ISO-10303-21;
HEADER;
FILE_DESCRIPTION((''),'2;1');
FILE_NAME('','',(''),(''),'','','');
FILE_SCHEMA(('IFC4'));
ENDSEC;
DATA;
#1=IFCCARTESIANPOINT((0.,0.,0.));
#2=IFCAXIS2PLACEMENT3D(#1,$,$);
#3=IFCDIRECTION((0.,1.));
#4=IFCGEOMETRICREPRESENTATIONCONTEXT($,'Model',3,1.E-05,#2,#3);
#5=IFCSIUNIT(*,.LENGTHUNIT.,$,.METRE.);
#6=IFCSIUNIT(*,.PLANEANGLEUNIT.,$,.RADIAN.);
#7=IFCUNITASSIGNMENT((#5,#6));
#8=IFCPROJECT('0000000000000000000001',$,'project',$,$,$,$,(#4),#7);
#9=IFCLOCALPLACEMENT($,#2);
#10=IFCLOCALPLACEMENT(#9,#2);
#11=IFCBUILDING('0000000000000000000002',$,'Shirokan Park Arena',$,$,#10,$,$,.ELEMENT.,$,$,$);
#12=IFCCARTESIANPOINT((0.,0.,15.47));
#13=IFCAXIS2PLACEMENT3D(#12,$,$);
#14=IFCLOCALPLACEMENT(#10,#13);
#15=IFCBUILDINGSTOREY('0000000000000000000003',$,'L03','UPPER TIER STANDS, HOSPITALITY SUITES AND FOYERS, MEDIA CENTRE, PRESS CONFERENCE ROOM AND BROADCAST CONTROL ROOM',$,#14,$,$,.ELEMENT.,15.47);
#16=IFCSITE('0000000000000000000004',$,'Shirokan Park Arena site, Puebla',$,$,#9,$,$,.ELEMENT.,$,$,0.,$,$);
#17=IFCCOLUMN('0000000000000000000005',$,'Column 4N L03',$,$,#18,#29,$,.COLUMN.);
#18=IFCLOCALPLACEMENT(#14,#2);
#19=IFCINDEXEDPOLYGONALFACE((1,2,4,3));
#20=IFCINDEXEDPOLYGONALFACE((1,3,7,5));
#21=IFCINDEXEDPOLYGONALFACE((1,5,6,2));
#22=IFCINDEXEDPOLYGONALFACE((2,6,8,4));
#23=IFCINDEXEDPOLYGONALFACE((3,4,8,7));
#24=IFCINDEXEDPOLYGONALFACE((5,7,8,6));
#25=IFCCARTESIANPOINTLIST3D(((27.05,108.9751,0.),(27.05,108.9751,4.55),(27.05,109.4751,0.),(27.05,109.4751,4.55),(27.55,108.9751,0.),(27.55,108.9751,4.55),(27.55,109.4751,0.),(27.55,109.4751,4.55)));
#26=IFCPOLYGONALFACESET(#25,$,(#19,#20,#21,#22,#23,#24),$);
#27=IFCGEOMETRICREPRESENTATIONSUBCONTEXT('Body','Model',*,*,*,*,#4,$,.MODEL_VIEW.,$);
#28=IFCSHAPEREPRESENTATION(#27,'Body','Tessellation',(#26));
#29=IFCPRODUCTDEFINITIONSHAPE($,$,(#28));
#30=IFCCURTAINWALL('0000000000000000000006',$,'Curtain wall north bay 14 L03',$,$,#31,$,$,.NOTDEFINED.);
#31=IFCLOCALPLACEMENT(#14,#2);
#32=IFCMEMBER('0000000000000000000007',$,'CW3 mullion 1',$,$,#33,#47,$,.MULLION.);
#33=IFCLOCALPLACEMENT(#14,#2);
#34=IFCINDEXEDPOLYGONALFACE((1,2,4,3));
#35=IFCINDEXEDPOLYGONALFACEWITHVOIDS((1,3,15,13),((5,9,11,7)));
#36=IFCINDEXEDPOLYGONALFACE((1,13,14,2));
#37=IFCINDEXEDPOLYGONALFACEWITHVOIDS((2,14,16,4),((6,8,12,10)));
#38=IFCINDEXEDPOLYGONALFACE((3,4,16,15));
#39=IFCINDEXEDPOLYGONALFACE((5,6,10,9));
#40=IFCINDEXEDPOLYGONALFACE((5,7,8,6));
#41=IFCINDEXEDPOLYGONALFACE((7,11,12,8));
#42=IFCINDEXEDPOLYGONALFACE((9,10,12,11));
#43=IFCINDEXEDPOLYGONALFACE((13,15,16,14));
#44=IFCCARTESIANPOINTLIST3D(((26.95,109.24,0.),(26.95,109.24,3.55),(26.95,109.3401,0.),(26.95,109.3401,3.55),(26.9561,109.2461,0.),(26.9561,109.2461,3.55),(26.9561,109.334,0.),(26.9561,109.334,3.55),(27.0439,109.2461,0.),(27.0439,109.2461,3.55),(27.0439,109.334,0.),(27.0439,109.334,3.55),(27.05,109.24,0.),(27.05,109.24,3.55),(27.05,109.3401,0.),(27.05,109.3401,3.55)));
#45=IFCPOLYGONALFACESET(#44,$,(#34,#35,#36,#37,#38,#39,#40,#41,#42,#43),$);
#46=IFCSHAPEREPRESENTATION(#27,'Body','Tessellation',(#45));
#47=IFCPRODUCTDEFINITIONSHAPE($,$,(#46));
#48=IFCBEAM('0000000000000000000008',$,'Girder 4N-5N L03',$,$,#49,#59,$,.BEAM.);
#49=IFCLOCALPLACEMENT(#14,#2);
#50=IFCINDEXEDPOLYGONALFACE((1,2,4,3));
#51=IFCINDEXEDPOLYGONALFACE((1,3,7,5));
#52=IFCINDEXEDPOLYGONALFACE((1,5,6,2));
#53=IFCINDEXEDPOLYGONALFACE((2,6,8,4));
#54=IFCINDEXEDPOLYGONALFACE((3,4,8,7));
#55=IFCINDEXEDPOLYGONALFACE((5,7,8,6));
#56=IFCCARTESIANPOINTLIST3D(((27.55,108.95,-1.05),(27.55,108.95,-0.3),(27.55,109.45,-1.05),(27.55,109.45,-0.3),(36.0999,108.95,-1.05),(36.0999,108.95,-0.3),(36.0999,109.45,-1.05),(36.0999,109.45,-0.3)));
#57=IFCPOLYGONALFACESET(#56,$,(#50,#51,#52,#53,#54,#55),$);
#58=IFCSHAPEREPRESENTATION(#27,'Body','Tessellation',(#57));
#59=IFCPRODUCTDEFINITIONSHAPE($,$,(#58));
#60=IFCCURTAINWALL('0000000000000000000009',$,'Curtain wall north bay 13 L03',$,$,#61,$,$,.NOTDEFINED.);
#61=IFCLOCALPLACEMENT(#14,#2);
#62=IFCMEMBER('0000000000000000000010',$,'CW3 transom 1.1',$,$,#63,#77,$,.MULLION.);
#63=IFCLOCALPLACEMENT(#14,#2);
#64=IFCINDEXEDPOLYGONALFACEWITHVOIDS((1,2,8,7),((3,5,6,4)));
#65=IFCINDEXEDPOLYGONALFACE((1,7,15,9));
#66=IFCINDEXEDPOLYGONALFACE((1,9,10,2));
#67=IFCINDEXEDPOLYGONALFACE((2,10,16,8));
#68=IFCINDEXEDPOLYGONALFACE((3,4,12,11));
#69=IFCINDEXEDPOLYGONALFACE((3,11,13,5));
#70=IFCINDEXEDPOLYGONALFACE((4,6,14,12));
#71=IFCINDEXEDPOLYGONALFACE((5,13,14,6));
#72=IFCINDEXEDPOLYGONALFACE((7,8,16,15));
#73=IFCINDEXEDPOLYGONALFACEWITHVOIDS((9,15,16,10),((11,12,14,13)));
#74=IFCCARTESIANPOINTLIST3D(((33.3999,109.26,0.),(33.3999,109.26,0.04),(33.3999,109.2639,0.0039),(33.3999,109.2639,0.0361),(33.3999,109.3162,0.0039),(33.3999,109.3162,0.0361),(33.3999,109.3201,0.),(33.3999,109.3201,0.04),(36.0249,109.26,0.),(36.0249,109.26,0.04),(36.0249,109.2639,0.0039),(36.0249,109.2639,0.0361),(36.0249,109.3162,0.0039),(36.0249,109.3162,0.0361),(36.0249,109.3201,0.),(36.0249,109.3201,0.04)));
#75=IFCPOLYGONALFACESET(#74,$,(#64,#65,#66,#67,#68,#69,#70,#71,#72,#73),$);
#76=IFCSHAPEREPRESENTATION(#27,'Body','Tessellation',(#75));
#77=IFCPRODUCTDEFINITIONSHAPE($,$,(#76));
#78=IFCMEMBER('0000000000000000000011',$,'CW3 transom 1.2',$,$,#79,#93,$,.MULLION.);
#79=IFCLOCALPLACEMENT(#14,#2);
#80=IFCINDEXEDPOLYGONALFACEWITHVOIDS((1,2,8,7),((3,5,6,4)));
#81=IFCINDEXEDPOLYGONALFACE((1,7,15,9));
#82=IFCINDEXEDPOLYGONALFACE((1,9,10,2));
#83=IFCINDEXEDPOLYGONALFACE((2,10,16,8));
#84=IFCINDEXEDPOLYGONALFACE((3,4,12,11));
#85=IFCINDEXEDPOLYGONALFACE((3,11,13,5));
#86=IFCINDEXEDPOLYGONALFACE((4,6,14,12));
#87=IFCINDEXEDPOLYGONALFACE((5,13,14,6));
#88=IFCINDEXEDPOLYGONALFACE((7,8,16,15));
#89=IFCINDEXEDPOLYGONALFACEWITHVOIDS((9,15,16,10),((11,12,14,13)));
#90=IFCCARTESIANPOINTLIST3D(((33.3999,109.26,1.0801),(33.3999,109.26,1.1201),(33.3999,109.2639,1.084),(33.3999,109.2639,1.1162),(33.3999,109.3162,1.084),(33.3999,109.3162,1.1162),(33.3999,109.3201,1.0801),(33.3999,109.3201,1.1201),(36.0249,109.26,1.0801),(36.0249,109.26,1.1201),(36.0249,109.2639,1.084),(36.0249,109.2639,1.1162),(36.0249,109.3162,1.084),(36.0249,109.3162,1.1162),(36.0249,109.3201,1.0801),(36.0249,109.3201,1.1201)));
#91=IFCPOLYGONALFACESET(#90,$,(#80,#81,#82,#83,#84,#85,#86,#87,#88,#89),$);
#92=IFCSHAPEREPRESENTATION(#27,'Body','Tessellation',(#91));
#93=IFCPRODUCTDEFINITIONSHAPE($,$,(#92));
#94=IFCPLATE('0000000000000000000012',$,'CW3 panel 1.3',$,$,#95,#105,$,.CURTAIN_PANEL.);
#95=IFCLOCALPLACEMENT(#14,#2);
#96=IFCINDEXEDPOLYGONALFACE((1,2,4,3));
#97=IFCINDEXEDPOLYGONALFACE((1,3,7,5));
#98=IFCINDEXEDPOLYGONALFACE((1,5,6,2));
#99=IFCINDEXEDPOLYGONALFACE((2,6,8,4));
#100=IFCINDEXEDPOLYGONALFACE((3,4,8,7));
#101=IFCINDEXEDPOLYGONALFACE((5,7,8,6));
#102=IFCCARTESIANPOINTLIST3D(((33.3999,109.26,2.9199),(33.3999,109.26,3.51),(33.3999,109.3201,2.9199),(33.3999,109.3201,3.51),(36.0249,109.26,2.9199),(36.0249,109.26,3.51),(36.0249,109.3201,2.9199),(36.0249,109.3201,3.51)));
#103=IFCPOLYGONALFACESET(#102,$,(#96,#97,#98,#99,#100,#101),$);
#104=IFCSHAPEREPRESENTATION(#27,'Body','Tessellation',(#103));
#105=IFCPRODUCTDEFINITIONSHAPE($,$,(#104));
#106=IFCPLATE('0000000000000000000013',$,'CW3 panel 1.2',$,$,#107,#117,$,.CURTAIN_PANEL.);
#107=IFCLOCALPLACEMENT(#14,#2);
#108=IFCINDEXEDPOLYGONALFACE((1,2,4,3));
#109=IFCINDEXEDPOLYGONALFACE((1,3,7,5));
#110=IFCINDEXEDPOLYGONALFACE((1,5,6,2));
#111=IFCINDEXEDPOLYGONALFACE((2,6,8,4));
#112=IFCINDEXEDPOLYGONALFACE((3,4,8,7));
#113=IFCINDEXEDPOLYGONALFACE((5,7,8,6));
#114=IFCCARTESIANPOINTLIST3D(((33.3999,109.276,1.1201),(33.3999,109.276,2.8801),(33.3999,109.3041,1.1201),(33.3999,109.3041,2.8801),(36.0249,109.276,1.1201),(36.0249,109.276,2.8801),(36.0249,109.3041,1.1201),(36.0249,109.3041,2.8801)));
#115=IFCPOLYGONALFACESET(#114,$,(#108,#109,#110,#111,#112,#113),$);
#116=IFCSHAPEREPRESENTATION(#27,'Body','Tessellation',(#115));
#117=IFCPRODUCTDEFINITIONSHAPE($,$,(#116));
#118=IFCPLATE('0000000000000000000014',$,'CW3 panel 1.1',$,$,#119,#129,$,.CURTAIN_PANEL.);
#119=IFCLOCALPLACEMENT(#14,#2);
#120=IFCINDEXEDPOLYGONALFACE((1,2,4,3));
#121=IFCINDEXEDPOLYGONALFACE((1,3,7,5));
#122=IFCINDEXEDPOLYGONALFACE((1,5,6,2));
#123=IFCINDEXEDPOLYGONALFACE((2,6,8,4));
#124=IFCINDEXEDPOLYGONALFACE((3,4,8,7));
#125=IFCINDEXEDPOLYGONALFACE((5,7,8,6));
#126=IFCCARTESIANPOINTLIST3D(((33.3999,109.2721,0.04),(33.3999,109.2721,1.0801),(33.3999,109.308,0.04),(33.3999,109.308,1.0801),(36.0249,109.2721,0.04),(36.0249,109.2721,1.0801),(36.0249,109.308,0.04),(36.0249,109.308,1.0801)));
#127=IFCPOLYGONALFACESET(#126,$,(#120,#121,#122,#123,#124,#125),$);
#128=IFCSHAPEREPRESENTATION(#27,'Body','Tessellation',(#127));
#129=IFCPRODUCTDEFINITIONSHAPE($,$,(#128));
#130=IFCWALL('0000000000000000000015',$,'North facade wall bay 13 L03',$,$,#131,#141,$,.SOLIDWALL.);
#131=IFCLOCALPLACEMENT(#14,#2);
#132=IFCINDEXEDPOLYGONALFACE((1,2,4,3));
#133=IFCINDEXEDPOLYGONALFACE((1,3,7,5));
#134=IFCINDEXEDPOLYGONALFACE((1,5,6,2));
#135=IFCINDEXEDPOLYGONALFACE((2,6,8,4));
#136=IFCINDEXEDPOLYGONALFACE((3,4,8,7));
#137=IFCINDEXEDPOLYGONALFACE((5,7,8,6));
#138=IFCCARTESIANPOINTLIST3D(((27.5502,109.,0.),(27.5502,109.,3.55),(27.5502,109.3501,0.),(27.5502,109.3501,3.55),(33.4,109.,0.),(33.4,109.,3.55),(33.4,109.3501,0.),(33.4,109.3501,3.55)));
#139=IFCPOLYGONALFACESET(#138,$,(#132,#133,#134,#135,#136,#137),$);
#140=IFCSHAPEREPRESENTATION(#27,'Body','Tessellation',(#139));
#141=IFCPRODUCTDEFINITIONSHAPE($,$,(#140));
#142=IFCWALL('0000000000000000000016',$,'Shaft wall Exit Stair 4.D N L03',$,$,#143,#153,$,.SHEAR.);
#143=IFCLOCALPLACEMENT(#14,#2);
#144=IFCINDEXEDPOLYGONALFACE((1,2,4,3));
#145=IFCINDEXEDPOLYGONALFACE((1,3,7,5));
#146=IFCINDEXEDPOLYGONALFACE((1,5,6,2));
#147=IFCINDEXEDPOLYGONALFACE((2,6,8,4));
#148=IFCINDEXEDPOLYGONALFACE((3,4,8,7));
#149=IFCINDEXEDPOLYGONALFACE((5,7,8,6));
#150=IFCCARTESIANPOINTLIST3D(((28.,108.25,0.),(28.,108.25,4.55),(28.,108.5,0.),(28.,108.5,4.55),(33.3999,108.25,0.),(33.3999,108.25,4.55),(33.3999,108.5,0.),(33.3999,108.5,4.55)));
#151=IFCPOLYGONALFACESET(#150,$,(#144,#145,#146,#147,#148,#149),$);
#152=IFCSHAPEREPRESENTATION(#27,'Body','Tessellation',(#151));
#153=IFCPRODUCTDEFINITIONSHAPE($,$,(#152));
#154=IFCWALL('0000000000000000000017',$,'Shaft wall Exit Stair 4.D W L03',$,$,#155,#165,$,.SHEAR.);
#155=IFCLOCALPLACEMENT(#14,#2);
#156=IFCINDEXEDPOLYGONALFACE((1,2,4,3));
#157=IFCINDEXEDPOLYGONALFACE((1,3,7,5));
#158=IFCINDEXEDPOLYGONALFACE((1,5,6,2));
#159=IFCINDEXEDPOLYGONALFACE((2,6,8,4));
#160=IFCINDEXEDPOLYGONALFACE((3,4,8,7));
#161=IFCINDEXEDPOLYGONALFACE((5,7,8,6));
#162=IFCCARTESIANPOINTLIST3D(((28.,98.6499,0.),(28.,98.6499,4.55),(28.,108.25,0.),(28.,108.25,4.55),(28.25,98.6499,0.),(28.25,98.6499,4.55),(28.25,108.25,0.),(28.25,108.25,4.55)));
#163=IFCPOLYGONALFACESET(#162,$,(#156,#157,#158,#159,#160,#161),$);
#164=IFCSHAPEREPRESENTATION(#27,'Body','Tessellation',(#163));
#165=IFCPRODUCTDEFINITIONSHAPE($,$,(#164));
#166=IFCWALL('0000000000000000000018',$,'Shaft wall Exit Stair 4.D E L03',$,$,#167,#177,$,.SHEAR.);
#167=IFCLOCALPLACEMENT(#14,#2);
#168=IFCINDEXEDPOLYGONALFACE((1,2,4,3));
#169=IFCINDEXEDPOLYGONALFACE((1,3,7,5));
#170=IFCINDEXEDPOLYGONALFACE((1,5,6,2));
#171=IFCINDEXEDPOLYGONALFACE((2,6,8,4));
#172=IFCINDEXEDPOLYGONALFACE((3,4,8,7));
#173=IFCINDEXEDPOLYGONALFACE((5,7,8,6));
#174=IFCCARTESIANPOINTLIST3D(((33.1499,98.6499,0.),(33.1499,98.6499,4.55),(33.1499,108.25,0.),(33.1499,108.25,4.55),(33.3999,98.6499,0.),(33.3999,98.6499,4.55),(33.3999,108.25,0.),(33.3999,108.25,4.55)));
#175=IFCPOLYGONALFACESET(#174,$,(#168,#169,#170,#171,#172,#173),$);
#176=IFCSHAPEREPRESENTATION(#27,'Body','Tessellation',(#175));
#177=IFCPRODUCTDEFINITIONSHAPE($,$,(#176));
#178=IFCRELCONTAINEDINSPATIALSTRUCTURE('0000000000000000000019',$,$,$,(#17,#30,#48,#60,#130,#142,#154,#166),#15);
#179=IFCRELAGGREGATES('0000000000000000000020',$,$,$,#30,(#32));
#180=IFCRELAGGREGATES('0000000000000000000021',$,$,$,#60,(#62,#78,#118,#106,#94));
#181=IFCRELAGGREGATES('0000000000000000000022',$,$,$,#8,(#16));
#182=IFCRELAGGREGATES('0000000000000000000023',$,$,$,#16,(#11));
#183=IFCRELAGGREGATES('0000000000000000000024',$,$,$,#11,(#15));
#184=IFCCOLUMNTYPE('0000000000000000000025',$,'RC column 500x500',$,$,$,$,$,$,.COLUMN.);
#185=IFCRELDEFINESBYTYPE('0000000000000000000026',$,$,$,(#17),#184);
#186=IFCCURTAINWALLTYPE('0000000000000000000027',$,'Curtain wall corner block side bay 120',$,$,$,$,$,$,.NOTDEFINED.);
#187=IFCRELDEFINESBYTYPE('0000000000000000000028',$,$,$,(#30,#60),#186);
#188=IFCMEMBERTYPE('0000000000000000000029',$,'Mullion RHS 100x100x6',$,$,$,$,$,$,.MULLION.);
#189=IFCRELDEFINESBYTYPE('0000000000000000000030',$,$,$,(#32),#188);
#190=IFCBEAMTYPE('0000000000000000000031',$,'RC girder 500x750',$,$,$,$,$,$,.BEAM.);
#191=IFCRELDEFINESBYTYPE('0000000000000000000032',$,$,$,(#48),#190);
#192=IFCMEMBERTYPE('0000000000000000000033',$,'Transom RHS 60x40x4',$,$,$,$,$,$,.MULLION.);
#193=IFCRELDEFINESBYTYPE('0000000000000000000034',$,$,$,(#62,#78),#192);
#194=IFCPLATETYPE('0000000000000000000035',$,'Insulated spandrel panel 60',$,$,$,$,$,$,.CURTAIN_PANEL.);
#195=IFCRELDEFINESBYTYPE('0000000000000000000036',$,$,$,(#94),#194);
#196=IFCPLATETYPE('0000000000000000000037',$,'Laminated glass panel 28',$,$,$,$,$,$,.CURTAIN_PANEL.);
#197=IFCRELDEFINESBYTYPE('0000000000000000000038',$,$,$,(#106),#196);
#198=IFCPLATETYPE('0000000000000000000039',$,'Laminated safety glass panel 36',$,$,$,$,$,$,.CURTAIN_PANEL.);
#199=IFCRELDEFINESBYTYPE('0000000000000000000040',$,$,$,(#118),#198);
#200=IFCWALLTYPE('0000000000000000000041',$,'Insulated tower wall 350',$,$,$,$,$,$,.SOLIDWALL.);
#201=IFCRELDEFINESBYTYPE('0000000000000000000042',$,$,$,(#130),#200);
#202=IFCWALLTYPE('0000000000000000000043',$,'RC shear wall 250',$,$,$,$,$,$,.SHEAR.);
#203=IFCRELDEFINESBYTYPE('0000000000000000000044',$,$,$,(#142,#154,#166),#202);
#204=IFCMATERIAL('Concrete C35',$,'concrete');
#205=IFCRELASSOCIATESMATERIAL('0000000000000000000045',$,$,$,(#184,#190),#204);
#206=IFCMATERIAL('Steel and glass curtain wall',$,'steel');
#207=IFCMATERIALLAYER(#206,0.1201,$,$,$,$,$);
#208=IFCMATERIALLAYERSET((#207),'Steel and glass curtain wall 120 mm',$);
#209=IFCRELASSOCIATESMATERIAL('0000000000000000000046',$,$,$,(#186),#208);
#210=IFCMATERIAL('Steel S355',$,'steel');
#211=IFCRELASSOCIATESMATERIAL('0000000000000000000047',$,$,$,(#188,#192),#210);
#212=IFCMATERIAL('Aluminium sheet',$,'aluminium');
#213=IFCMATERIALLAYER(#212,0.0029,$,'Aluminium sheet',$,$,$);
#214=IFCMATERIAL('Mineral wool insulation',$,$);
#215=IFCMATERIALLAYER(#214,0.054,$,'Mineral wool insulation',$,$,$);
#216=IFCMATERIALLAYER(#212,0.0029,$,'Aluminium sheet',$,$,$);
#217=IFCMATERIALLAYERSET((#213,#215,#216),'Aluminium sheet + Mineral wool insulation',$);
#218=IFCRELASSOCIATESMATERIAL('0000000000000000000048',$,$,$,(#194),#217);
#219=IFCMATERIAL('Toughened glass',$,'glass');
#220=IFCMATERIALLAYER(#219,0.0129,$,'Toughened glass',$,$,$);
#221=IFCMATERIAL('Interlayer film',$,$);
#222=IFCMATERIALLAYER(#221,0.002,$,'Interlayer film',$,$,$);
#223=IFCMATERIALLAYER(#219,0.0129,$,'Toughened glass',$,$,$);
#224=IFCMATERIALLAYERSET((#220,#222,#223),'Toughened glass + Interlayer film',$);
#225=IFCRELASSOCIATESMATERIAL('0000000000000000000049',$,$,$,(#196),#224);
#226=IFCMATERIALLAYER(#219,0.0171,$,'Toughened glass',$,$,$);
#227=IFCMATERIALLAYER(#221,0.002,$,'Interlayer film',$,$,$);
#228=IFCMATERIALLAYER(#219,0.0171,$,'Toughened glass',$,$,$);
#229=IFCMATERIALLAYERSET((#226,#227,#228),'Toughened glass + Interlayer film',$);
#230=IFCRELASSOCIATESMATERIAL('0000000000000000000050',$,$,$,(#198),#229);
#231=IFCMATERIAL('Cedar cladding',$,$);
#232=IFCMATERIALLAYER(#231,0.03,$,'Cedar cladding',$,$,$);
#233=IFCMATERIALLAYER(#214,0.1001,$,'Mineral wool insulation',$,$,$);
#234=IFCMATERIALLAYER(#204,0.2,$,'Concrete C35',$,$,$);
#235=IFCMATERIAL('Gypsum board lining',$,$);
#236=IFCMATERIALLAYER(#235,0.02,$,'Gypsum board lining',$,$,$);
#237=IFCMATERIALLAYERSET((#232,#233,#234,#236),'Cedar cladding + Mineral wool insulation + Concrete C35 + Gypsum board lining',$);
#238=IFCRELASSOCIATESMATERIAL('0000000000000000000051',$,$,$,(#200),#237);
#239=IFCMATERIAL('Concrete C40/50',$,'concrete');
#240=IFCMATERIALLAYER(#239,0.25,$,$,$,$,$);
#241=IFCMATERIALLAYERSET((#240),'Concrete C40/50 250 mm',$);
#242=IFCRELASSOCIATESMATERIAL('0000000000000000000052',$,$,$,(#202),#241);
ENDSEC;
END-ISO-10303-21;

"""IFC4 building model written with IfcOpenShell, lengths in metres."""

from ifc_helpers import new_model, si_unit, direction, frame, frame_2d, origin, origin_2d, place, context, subcontext, project, spatial, rectangle, hollow_rectangle, extrude, material, layer, layer_set, material_profile, profile_set, type_object, element, aggregate, save


model = new_model("IFC4")

# Units and contexts
model_context = context("Model", 3, precision=1e-05, world=origin(), true_north=direction((0.0, 1.0)))
body_context = subcontext(model_context, "Body", "Model", "MODEL_VIEW")
ifc_project = project(units=[si_unit("LENGTHUNIT", "METRE"), si_unit("PLANEANGLEUNIT", "RADIAN")], contexts=[model_context])

# Site, building, storey
site_placement = place(None, origin())
site = spatial("IfcSite", under=ifc_project, at=site_placement, Name="Shirokan Park Arena site, Puebla", CompositionType="ELEMENT", RefElevation=0.0)
building_placement = place(site_placement, origin())
building = spatial("IfcBuilding", under=site, at=building_placement, Name="Shirokan Park Arena", CompositionType="ELEMENT")
storey_placement = place(building_placement, frame((0.0, 0.0, 15.47)))
storey = spatial("IfcBuildingStorey", under=building, at=storey_placement, Name="L03", Description="UPPER TIER STANDS, HOSPITALITY SUITES AND FOYERS, MEDIA CENTRE, PRESS CONFERENCE ROOM AND BROADCAST CONTROL ROOM", CompositionType="ELEMENT", Elevation=15.47)

# Column
ifc_material_1 = material(Name="Concrete C35", Category="concrete")
ifc_material_profile_1 = material_profile(ifc_material_1, rectangle(XDim=0.5, YDim=0.5, at=origin_2d()), Name="500x500")
ifc_profile_set_1 = profile_set([ifc_material_profile_1], Name="Concrete C35")
column_type = type_object("IfcColumnType", Name="RC column 500x500", PredefinedType="COLUMN", material=ifc_profile_set_1)
column_placement = place(storey_placement, frame((27.3, 109.2251, 0.0), z_axis=(0.0, 0.0, 1.0), x_axis=(1.0, 0.0, 0.0)))
element("IfcColumn", 1, at=column_placement, inside=storey, type_object=column_type, Name="Column 4N L03", PredefinedType="COLUMN", context=body_context, shape_type="SweptSolid", body=[
    extrude(rectangle(XDim=0.5, YDim=0.5, at=origin_2d()), origin(), (0.0, 0.0, 1.0), 4.55),
])

# Curtain wall, member
ifc_material_2 = material(Name="Steel and glass curtain wall", Category="steel")
ifc_layer_1 = layer(ifc_material_2, 0.1201)
ifc_layer_set_1 = layer_set([ifc_layer_1], Name="Steel and glass curtain wall 120 mm")
curtain_wall_type = type_object("IfcCurtainWallType", Name="Curtain wall corner block side bay 120", PredefinedType="NOTDEFINED", material=ifc_layer_set_1)
curtain_wall_1_placement = place(storey_placement, origin())
curtain_wall_1 = element("IfcCurtainWall", 2, at=curtain_wall_1_placement, inside=storey, type_object=curtain_wall_type, Name="Curtain wall north bay 14 L03", PredefinedType="NOTDEFINED")
ifc_material_3 = material(Name="Steel S355", Category="steel")
ifc_material_profile_2 = material_profile(ifc_material_3, hollow_rectangle(XDim=0.1001, YDim=0.1001, WallThickness=0.0061, at=origin_2d()), Name="RHS 100x100x6")
ifc_profile_set_2 = profile_set([ifc_material_profile_2], Name="Steel S355")
member_type_1 = type_object("IfcMemberType", Name="Mullion RHS 100x100x6", PredefinedType="MULLION", material=ifc_profile_set_2)
member_1_placement = place(storey_placement, frame((27.0, 109.29, 0.0), z_axis=(0.0, 0.0, 1.0), x_axis=(0.0, -1.0, 0.0)))
member_1 = element("IfcMember", 3, at=member_1_placement, type_object=member_type_1, Name="CW3 mullion 1", PredefinedType="MULLION", context=body_context, shape_type="SweptSolid", body=[
    extrude(hollow_rectangle(XDim=0.1001, YDim=0.1001, WallThickness=0.0061, at=origin_2d()), origin(), (0.0, 0.0, 1.0), 3.55),
])
aggregate(curtain_wall_1, [member_1])

# Beam
ifc_material_profile_3 = material_profile(ifc_material_1, rectangle(XDim=0.5, YDim=0.75, at=origin_2d()), Name="500x750")
ifc_profile_set_3 = profile_set([ifc_material_profile_3], Name="Concrete C35")
beam_type = type_object("IfcBeamType", Name="RC girder 500x750", PredefinedType="BEAM", material=ifc_profile_set_3)
beam_placement = place(storey_placement, frame((27.55, 109.2, -0.675), z_axis=(1.0, 0.0, 0.0), x_axis=(0.0, 1.0, 0.0)))
element("IfcBeam", 4, at=beam_placement, inside=storey, type_object=beam_type, Name="Girder 4N-5N L03", PredefinedType="BEAM", context=body_context, shape_type="SweptSolid", body=[
    extrude(rectangle(XDim=0.5, YDim=0.75, at=origin_2d()), origin(), (0.0, 0.0, 1.0), 8.5498),
])

# Curtain wall, members, plates
curtain_wall_2_placement = place(storey_placement, origin())
curtain_wall_2 = element("IfcCurtainWall", 5, at=curtain_wall_2_placement, inside=storey, type_object=curtain_wall_type, Name="Curtain wall north bay 13 L03", PredefinedType="NOTDEFINED")
ifc_material_profile_4 = material_profile(ifc_material_3, hollow_rectangle(XDim=0.0601, YDim=0.04, WallThickness=0.0039, at=origin_2d()), Name="RHS 60x40x4")
ifc_profile_set_4 = profile_set([ifc_material_profile_4], Name="Steel S355")
member_type_2 = type_object("IfcMemberType", Name="Transom RHS 60x40x4", PredefinedType="MULLION", material=ifc_profile_set_4)
member_2_placement = place(storey_placement, frame((36.0249, 109.29, 0.02), z_axis=(-1.0, 0.0, 0.0), x_axis=(0.0, -1.0, 0.0)))
member_2 = element("IfcMember", 6, at=member_2_placement, type_object=member_type_2, Name="CW3 transom 1.1", PredefinedType="MULLION", context=body_context, shape_type="SweptSolid", body=[
    extrude(hollow_rectangle(XDim=0.0601, YDim=0.04, WallThickness=0.0039, at=origin_2d()), origin(), (0.0, 0.0, 1.0), 2.625),
])
member_3_placement = place(storey_placement, frame((36.0249, 109.29, 1.1001), z_axis=(-1.0, 0.0, 0.0), x_axis=(0.0, -1.0, 0.0)))
member_3 = element("IfcMember", 7, at=member_3_placement, type_object=member_type_2, Name="CW3 transom 1.2", PredefinedType="MULLION", context=body_context, shape_type="SweptSolid", body=[
    extrude(hollow_rectangle(XDim=0.0601, YDim=0.04, WallThickness=0.0039, at=origin_2d()), origin(), (0.0, 0.0, 1.0), 2.625),
])
ifc_material_4 = material(Name="Aluminium sheet", Category="aluminium")
ifc_layer_2 = layer(ifc_material_4, 0.0029, Name="Aluminium sheet")
ifc_material_5 = material(Name="Mineral wool insulation")
ifc_layer_3 = layer(ifc_material_5, 0.054, Name="Mineral wool insulation")
ifc_layer_4 = layer(ifc_material_4, 0.0029, Name="Aluminium sheet")
ifc_layer_set_2 = layer_set([ifc_layer_2, ifc_layer_3, ifc_layer_4], Name="Aluminium sheet + Mineral wool insulation")
plate_type_1 = type_object("IfcPlateType", Name="Insulated spandrel panel 60", PredefinedType="CURTAIN_PANEL", material=ifc_layer_set_2)
plate_1_placement = place(storey_placement, frame((34.7124, 109.29, 2.9199), z_axis=(0.0, 0.0, 1.0), x_axis=(-1.0, 0.0, 0.0)))
plate_1 = element("IfcPlate", 8, at=plate_1_placement, type_object=plate_type_1, Name="CW3 panel 1.3", PredefinedType="CURTAIN_PANEL", context=body_context, shape_type="SweptSolid", body=[
    extrude(rectangle(XDim=2.625, YDim=0.0601, at=origin_2d()), origin(), (0.0, 0.0, 1.0), 0.5901),
])
ifc_material_6 = material(Name="Toughened glass", Category="glass")
ifc_layer_5 = layer(ifc_material_6, 0.0129, Name="Toughened glass")
ifc_material_7 = material(Name="Interlayer film")
ifc_layer_6 = layer(ifc_material_7, 0.002, Name="Interlayer film")
ifc_layer_7 = layer(ifc_material_6, 0.0129, Name="Toughened glass")
ifc_layer_set_3 = layer_set([ifc_layer_5, ifc_layer_6, ifc_layer_7], Name="Toughened glass + Interlayer film")
plate_type_2 = type_object("IfcPlateType", Name="Laminated glass panel 28", PredefinedType="CURTAIN_PANEL", material=ifc_layer_set_3)
plate_2_placement = place(storey_placement, frame((34.7124, 109.29, 1.1201), z_axis=(0.0, 0.0, 1.0), x_axis=(-1.0, 0.0, 0.0)))
plate_2 = element("IfcPlate", 9, at=plate_2_placement, type_object=plate_type_2, Name="CW3 panel 1.2", PredefinedType="CURTAIN_PANEL", context=body_context, shape_type="SweptSolid", body=[
    extrude(rectangle(XDim=2.625, YDim=0.0281, at=origin_2d()), origin(), (0.0, 0.0, 1.0), 1.76),
])
ifc_layer_8 = layer(ifc_material_6, 0.0171, Name="Toughened glass")
ifc_layer_9 = layer(ifc_material_7, 0.002, Name="Interlayer film")
ifc_layer_10 = layer(ifc_material_6, 0.0171, Name="Toughened glass")
ifc_layer_set_4 = layer_set([ifc_layer_8, ifc_layer_9, ifc_layer_10], Name="Toughened glass + Interlayer film")
plate_type_3 = type_object("IfcPlateType", Name="Laminated safety glass panel 36", PredefinedType="CURTAIN_PANEL", material=ifc_layer_set_4)
plate_3_placement = place(storey_placement, frame((34.7124, 109.29, 0.04), z_axis=(0.0, 0.0, 1.0), x_axis=(-1.0, 0.0, 0.0)))
plate_3 = element("IfcPlate", 10, at=plate_3_placement, type_object=plate_type_3, Name="CW3 panel 1.1", PredefinedType="CURTAIN_PANEL", context=body_context, shape_type="SweptSolid", body=[
    extrude(rectangle(XDim=2.625, YDim=0.0359, at=origin_2d()), origin(), (0.0, 0.0, 1.0), 1.04),
])
aggregate(curtain_wall_2, [member_2, member_3, plate_3, plate_2, plate_1])

# Walls
ifc_material_8 = material(Name="Cedar cladding")
ifc_layer_11 = layer(ifc_material_8, 0.03, Name="Cedar cladding")
ifc_layer_12 = layer(ifc_material_5, 0.1001, Name="Mineral wool insulation")
ifc_layer_13 = layer(ifc_material_1, 0.2, Name="Concrete C35")
ifc_material_9 = material(Name="Gypsum board lining")
ifc_layer_14 = layer(ifc_material_9, 0.02, Name="Gypsum board lining")
ifc_layer_set_5 = layer_set([ifc_layer_11, ifc_layer_12, ifc_layer_13, ifc_layer_14], Name="Cedar cladding + Mineral wool insulation + Concrete C35 + Gypsum board lining")
wall_type_1 = type_object("IfcWallType", Name="Insulated tower wall 350", PredefinedType="SOLIDWALL", material=ifc_layer_set_5)
wall_1_placement = place(storey_placement, frame((33.3999, 109.175, 0.0), z_axis=(0.0, 0.0, 1.0), x_axis=(-1.0, 0.0, 0.0)))
element("IfcWall", 11, at=wall_1_placement, inside=storey, type_object=wall_type_1, Name="North facade wall bay 13 L03", PredefinedType="SOLIDWALL", context=body_context, shape_type="SweptSolid", body=[
    extrude(rectangle(XDim=5.8499, YDim=0.3501, at=frame_2d((2.9248, 0.0))), origin(), (0.0, 0.0, 1.0), 3.55),
])
ifc_material_10 = material(Name="Concrete C40/50", Category="concrete")
ifc_layer_15 = layer(ifc_material_10, 0.25)
ifc_layer_set_6 = layer_set([ifc_layer_15], Name="Concrete C40/50 250 mm")
wall_type_2 = type_object("IfcWallType", Name="RC shear wall 250", PredefinedType="SHEAR", material=ifc_layer_set_6)
wall_2_placement = place(storey_placement, frame((33.3999, 108.375, 0.0), z_axis=(0.0, 0.0, 1.0), x_axis=(-1.0, 0.0, 0.0)))
element("IfcWall", 12, at=wall_2_placement, inside=storey, type_object=wall_type_2, Name="Shaft wall Exit Stair 4.D N L03", PredefinedType="SHEAR", context=body_context, shape_type="SweptSolid", body=[
    extrude(rectangle(XDim=5.3999, YDim=0.25, at=frame_2d((2.7, 0.0))), origin(), (0.0, 0.0, 1.0), 4.55),
])
for number, where, z_axis, x_axis, name in (
    (13, (28.125, 108.25, 0.0), (0.0, 0.0, 1.0), (0.0, -1.0, 0.0), "Shaft wall Exit Stair 4.D W L03"),
    (14, (33.2749, 108.25, 0.0), (0.0, 0.0, 1.0), (0.0, -1.0, 0.0), "Shaft wall Exit Stair 4.D E L03"),
):
    element("IfcWall", number, at=place(storey_placement, frame(where, z_axis=z_axis, x_axis=x_axis)), inside=storey, type_object=wall_type_2, Name=name, PredefinedType="SHEAR", context=body_context, shape_type="SweptSolid", body=[
        extrude(rectangle(XDim=9.6001, YDim=0.25, at=frame_2d((4.8, 0.0))), origin(), (0.0, 0.0, 1.0), 4.55),
    ])

save(model, "model.ifc")
